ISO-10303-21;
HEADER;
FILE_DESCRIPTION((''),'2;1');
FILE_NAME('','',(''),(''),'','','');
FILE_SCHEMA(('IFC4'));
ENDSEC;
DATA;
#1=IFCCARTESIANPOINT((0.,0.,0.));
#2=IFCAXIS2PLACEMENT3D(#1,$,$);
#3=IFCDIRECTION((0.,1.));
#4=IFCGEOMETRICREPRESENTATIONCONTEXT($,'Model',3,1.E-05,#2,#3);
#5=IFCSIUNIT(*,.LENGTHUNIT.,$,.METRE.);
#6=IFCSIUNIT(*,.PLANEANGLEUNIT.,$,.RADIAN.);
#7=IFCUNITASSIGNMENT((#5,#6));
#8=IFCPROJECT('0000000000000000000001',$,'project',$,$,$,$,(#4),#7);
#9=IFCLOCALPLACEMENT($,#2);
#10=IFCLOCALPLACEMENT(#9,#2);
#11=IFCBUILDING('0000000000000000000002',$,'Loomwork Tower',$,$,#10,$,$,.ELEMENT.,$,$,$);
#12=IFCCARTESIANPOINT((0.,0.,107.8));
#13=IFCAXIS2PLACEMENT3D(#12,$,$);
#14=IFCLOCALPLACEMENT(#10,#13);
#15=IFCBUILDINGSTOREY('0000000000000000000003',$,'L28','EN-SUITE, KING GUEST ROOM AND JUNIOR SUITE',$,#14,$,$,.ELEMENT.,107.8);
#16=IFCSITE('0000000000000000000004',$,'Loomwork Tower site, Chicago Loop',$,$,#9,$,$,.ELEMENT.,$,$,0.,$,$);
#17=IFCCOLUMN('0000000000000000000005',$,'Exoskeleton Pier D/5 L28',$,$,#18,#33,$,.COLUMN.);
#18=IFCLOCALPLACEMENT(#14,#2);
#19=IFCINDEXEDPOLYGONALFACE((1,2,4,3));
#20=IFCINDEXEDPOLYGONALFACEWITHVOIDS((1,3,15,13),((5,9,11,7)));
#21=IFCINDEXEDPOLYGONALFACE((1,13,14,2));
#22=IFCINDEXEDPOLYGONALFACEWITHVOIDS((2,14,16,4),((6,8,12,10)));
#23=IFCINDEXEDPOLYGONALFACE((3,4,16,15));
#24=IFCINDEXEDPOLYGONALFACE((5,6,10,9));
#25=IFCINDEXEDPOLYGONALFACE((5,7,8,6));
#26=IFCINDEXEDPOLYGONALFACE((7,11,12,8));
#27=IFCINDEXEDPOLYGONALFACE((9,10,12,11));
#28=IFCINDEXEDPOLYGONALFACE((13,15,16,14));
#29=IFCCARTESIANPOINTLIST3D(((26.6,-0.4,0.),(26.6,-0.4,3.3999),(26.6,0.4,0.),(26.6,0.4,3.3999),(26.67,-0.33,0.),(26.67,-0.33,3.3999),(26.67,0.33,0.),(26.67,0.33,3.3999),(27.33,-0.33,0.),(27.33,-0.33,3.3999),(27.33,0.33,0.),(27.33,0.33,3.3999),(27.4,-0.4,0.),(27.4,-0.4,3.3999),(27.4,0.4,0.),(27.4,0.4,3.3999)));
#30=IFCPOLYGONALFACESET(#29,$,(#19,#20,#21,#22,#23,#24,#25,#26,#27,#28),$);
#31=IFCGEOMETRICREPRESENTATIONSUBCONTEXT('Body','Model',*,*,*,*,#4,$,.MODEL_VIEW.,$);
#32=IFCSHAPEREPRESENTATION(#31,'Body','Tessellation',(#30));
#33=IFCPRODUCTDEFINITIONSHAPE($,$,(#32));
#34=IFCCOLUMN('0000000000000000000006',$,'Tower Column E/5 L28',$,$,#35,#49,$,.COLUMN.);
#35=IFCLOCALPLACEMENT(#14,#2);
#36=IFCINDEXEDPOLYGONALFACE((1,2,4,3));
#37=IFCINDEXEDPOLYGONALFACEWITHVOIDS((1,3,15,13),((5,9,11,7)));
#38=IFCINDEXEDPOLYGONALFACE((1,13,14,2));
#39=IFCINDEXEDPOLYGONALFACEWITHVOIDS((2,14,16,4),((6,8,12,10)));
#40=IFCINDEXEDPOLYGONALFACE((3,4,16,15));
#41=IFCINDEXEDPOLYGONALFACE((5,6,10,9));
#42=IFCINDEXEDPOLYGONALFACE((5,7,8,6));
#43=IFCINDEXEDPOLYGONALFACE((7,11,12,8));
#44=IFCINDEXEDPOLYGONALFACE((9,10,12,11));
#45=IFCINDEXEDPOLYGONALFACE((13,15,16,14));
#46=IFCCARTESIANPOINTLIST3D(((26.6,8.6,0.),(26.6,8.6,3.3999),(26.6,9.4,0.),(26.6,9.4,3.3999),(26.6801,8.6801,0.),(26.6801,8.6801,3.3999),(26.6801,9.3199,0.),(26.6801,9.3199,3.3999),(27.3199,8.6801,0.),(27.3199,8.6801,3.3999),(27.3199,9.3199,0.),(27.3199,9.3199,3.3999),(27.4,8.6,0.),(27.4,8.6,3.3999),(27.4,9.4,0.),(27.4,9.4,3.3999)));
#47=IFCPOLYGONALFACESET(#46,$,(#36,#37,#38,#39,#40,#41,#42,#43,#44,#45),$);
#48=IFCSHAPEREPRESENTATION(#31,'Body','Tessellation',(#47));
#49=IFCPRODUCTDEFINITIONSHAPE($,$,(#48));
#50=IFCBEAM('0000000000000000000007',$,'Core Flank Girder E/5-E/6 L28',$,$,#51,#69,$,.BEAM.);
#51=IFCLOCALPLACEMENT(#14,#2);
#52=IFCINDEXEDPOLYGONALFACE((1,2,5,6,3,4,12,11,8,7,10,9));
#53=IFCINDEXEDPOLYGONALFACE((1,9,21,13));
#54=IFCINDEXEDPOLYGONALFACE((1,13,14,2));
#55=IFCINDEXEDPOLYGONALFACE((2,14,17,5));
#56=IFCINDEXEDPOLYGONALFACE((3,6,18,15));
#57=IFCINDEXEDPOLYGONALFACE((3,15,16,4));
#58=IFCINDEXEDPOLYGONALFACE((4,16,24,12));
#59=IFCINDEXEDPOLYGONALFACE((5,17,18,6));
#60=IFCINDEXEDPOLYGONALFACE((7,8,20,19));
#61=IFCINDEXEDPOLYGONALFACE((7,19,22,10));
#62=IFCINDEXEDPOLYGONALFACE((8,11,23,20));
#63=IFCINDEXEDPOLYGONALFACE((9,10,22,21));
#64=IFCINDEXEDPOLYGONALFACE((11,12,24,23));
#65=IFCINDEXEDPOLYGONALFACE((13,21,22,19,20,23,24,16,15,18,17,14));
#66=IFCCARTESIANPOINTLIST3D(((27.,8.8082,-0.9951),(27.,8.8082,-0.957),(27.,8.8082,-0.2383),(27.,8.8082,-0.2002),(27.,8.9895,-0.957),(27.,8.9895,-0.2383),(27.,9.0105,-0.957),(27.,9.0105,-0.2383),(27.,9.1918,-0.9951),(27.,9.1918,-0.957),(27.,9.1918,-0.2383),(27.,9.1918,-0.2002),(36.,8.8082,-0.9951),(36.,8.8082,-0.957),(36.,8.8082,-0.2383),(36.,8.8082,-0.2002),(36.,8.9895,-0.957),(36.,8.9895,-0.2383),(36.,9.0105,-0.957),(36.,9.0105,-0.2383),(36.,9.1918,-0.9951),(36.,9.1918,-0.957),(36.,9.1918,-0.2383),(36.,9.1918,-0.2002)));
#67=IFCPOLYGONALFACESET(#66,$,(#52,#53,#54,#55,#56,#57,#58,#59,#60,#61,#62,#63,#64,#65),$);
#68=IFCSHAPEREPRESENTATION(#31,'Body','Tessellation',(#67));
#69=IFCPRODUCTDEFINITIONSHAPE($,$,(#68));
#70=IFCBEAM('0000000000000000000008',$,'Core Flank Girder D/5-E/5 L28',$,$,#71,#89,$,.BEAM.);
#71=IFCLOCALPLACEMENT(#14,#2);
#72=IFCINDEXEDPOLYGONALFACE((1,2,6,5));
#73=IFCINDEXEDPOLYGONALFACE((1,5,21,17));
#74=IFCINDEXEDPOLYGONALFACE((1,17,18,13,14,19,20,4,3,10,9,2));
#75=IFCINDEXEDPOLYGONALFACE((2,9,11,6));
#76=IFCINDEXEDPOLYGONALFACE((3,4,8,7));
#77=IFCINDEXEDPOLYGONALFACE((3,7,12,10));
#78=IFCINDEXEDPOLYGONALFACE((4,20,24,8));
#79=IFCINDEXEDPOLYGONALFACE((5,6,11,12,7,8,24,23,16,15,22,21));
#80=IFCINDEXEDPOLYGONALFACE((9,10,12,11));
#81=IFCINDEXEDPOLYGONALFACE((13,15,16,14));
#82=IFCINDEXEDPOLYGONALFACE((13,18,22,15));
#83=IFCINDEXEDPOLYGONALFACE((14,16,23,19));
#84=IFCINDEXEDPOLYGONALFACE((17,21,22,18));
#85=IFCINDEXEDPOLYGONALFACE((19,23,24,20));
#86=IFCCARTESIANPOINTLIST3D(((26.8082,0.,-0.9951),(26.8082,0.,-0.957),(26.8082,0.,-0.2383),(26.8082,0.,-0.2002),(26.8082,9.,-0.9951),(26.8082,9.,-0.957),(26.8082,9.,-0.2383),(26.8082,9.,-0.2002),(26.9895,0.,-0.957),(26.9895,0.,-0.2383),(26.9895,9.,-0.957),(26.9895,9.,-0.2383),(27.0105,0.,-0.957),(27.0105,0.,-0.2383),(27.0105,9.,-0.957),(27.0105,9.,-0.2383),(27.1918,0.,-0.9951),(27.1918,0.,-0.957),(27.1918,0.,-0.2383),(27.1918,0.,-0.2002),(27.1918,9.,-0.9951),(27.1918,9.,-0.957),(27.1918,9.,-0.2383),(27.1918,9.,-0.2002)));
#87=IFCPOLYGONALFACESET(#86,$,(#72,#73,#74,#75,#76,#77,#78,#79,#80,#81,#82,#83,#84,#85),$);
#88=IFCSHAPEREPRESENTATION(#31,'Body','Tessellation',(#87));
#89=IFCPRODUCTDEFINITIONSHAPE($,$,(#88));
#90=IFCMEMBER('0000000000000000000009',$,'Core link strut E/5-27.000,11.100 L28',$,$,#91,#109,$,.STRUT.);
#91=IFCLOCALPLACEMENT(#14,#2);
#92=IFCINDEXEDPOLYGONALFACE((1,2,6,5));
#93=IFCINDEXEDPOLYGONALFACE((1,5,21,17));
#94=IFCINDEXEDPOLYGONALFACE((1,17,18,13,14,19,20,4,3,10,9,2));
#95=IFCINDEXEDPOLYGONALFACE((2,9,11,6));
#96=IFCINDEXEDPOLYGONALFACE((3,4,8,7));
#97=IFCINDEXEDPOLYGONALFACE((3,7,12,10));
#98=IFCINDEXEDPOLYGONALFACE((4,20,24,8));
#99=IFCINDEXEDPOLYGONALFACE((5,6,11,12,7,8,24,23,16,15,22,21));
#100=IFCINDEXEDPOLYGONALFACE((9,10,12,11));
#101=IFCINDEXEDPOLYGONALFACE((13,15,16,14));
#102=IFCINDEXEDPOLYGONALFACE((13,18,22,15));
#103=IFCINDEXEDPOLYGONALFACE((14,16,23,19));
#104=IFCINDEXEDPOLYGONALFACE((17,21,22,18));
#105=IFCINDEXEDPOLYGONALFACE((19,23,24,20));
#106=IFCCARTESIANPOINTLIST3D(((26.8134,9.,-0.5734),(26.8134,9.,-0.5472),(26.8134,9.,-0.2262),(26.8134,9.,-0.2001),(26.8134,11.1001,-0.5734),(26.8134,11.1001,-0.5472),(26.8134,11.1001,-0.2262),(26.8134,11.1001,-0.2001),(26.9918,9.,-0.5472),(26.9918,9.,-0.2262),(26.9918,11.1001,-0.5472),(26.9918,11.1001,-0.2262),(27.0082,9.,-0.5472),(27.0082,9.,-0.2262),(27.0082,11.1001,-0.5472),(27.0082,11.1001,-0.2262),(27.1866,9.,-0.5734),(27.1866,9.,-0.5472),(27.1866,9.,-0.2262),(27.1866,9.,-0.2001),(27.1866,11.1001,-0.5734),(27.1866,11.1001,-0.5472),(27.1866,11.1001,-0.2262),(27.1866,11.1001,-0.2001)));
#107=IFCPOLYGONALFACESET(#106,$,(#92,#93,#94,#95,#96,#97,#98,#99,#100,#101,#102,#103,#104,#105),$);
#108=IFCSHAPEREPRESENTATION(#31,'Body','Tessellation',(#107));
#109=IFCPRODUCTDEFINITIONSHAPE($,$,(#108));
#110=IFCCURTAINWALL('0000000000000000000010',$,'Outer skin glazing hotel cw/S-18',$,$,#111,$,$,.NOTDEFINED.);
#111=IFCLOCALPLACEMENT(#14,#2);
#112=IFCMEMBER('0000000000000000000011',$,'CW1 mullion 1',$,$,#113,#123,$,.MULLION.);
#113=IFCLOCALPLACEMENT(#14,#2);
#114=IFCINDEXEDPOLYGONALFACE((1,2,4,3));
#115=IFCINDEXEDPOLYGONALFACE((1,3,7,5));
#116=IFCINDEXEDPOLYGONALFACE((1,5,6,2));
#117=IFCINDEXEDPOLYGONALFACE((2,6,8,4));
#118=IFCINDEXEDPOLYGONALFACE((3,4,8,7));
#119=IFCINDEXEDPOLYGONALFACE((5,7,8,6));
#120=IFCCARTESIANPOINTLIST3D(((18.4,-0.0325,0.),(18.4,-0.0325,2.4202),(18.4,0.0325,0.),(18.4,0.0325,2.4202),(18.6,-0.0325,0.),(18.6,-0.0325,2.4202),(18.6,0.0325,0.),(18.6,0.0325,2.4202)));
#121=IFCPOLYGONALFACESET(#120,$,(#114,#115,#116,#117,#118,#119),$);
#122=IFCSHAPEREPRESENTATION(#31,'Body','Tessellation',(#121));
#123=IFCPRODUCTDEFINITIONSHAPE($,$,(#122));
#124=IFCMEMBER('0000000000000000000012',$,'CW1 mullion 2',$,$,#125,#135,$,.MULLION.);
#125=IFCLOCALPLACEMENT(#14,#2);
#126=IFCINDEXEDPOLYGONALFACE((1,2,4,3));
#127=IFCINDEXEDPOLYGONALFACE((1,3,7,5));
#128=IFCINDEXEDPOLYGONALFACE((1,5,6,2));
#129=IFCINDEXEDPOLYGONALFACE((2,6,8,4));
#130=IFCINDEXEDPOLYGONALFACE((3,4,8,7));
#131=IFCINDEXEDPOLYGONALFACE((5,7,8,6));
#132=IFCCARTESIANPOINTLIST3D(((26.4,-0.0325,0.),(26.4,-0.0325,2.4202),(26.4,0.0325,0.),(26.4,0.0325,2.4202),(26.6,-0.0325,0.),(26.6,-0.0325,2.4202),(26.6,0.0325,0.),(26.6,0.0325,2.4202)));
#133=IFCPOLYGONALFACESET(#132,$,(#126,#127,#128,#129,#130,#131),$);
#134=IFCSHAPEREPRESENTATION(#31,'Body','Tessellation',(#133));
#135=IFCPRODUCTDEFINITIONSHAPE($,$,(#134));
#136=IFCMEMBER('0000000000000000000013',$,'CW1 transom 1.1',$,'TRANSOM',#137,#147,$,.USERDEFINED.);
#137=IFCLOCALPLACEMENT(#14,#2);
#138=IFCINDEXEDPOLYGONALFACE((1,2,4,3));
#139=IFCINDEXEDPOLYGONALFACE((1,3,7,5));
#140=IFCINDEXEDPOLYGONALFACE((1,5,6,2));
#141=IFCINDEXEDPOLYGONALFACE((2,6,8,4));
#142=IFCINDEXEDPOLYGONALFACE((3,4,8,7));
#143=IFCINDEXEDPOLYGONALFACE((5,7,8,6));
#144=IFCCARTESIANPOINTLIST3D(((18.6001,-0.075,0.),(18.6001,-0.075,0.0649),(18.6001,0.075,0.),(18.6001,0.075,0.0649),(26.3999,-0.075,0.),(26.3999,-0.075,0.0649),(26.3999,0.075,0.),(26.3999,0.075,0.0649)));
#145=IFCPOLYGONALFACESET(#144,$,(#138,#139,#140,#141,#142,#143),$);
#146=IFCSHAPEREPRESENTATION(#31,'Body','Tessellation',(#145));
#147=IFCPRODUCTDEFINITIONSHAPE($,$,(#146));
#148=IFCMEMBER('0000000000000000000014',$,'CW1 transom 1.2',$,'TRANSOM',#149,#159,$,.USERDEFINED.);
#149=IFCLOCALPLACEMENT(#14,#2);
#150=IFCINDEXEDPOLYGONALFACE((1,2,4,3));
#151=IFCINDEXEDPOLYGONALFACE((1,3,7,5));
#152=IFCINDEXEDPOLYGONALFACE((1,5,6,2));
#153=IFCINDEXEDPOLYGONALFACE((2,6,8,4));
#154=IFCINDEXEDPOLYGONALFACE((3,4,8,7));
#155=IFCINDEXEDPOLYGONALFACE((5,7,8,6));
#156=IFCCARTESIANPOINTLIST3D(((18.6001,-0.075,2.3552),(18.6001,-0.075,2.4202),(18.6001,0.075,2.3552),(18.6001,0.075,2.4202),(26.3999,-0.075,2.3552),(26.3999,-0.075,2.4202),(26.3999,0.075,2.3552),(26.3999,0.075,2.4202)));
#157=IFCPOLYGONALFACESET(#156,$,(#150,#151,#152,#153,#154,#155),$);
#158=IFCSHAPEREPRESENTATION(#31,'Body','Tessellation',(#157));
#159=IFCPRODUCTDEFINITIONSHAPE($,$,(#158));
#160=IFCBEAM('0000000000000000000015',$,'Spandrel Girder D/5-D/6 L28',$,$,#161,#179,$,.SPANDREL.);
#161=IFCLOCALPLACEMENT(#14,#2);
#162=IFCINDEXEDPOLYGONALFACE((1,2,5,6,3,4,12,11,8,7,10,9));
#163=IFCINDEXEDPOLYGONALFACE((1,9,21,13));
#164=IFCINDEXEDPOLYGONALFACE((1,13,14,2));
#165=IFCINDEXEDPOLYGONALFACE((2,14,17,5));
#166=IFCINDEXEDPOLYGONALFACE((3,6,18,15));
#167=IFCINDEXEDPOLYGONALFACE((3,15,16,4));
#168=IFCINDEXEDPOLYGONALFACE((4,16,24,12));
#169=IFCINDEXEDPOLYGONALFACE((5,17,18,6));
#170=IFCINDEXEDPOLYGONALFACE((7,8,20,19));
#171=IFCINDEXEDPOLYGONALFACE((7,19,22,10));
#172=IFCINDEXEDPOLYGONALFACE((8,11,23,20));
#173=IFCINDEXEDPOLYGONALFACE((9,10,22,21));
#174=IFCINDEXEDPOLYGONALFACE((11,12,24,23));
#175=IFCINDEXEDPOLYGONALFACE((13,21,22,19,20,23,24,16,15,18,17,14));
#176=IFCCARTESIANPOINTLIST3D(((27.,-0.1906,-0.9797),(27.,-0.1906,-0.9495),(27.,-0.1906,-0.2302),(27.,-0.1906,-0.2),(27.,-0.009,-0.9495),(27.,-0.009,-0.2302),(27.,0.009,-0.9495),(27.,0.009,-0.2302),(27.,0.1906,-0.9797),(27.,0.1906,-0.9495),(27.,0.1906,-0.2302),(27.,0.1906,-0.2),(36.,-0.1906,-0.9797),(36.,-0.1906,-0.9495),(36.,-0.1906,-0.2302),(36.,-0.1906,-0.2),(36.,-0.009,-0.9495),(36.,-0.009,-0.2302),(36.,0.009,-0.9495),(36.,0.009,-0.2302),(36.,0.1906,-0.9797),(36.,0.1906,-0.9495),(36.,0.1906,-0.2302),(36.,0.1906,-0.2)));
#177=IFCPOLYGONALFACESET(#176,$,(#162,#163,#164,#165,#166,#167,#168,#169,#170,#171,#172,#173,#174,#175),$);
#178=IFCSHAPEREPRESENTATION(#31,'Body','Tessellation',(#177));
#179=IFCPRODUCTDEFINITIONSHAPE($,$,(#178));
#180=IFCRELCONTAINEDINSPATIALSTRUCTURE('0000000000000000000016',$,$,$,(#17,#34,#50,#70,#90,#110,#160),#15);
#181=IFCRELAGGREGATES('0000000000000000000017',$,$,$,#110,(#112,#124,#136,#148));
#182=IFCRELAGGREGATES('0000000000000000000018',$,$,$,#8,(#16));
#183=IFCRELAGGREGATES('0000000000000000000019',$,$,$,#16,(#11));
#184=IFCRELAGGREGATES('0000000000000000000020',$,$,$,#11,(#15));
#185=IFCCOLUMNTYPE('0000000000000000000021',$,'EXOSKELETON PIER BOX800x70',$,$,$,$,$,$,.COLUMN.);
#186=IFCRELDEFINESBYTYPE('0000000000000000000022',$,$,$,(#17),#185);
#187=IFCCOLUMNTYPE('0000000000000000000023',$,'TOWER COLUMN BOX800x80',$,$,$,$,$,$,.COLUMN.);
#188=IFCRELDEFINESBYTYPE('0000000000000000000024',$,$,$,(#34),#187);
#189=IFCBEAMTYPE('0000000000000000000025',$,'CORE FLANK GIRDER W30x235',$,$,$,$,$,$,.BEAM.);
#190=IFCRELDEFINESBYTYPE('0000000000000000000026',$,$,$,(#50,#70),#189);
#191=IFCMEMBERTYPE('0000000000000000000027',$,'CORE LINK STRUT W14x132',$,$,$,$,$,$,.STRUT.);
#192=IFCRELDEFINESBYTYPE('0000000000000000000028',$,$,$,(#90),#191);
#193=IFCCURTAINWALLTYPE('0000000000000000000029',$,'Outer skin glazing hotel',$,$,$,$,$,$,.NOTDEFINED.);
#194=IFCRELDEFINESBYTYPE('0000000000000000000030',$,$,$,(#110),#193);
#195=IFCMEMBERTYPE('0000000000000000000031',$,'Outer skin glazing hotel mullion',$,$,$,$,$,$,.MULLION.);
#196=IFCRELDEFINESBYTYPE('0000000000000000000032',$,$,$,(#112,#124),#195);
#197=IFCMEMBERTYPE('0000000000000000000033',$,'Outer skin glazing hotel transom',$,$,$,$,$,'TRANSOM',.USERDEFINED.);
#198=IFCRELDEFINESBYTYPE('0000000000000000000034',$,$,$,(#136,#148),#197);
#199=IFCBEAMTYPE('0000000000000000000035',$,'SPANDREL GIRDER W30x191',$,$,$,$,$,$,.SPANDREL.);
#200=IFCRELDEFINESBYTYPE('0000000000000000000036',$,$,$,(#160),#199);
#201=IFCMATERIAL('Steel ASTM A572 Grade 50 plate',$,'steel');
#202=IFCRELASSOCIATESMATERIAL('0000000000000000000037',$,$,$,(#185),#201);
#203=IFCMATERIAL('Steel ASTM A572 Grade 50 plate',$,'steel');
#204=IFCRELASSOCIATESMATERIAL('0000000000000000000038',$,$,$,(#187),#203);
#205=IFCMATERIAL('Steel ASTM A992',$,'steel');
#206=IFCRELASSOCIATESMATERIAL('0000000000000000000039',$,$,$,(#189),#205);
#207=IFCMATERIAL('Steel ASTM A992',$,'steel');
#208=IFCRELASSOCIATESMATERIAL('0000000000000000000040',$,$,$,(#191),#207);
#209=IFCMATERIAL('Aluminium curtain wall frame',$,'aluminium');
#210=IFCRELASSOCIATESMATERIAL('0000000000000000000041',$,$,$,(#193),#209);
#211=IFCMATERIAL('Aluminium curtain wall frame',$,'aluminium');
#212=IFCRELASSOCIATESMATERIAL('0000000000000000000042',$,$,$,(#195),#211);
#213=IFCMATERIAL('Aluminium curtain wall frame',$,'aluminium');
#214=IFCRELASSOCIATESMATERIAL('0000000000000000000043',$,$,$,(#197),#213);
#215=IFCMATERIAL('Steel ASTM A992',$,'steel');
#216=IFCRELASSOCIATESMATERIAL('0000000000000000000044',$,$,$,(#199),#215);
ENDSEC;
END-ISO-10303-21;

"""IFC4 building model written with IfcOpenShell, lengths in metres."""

from ifc_helpers import new_model, si_unit, direction, frame, origin, origin_2d, place, context, subcontext, project, spatial, rectangle, hollow_rectangle, i_section, extrude, material, material_profile, profile_set, type_object, element, aggregate, save


model = new_model("IFC4")

# Units and contexts
model_context = context("Model", 3, precision=1e-05, world=origin(), true_north=direction((0.0, 1.0)))
body_context = subcontext(model_context, "Body", "Model", "MODEL_VIEW")
ifc_project = project(units=[si_unit("LENGTHUNIT", "METRE"), si_unit("PLANEANGLEUNIT", "RADIAN")], contexts=[model_context])

# Site, building, storey
site_placement = place(None, origin())
site = spatial("IfcSite", under=ifc_project, at=site_placement, Name="Loomwork Tower site, Chicago Loop", CompositionType="ELEMENT", RefElevation=0.0)
building_placement = place(site_placement, origin())
building = spatial("IfcBuilding", under=site, at=building_placement, Name="Loomwork Tower", CompositionType="ELEMENT")
storey_placement = place(building_placement, frame((0.0, 0.0, 107.8)))
storey = spatial("IfcBuildingStorey", under=building, at=storey_placement, Name="L28", Description="EN-SUITE, KING GUEST ROOM AND JUNIOR SUITE", CompositionType="ELEMENT", Elevation=107.8)

# Columns
ifc_material_1 = material(Name="Steel ASTM A572 Grade 50 plate", Category="steel")
ifc_material_profile_1 = material_profile(ifc_material_1, hollow_rectangle(XDim=0.8, YDim=0.8, WallThickness=0.0701, at=origin_2d()), Name="BOX800x70")
ifc_profile_set_1 = profile_set([ifc_material_profile_1], Name="Steel ASTM A572 Grade 50 plate")
column_type_1 = type_object("IfcColumnType", Name="EXOSKELETON PIER BOX800x70", PredefinedType="COLUMN", material=ifc_profile_set_1)
column_1_placement = place(storey_placement, frame((27.0, 0.0, 0.0), z_axis=(0.0, 0.0, 1.0), x_axis=(1.0, 0.0, 0.0)))
element("IfcColumn", 1, at=column_1_placement, inside=storey, type_object=column_type_1, Name="Exoskeleton Pier D/5 L28", PredefinedType="COLUMN", context=body_context, shape_type="SweptSolid", body=[
    extrude(hollow_rectangle(XDim=0.8, YDim=0.8, WallThickness=0.0701, at=origin_2d()), origin(), (0.0, 0.0, 1.0), 3.3999),
])
ifc_material_2 = material(Name="Steel ASTM A572 Grade 50 plate", Category="steel")
ifc_material_profile_2 = material_profile(ifc_material_2, hollow_rectangle(XDim=0.8, YDim=0.8, WallThickness=0.0801, at=origin_2d()), Name="BOX800x80")
ifc_profile_set_2 = profile_set([ifc_material_profile_2], Name="Steel ASTM A572 Grade 50 plate")
column_type_2 = type_object("IfcColumnType", Name="TOWER COLUMN BOX800x80", PredefinedType="COLUMN", material=ifc_profile_set_2)
column_2_placement = place(storey_placement, frame((27.0, 9.0, 0.0), z_axis=(0.0, 0.0, 1.0), x_axis=(1.0, 0.0, 0.0)))
element("IfcColumn", 2, at=column_2_placement, inside=storey, type_object=column_type_2, Name="Tower Column E/5 L28", PredefinedType="COLUMN", context=body_context, shape_type="SweptSolid", body=[
    extrude(hollow_rectangle(XDim=0.8, YDim=0.8, WallThickness=0.0801, at=origin_2d()), origin(), (0.0, 0.0, 1.0), 3.3999),
])

# Beams
ifc_material_3 = material(Name="Steel ASTM A992", Category="steel")
ifc_material_profile_3 = material_profile(ifc_material_3, i_section(OverallWidth=0.3835, OverallDepth=0.7949, WebThickness=0.021, FlangeThickness=0.0381, at=origin_2d()), Name="W30x235")
ifc_profile_set_3 = profile_set([ifc_material_profile_3], Name="Steel ASTM A992")
beam_type_1 = type_object("IfcBeamType", Name="CORE FLANK GIRDER W30x235", PredefinedType="BEAM", material=ifc_profile_set_3)
for number, where, z_axis, x_axis, name in (
    (3, (27.0, 9.0, -0.5977), (1.0, 0.0, 0.0), (0.0, 1.0, 0.0), "Core Flank Girder E/5-E/6 L28"),
    (4, (27.0, 0.0, -0.5977), (0.0, 1.0, 0.0), (-1.0, 0.0, 0.0), "Core Flank Girder D/5-E/5 L28"),
):
    element("IfcBeam", number, at=place(storey_placement, frame(where, z_axis=z_axis, x_axis=x_axis)), inside=storey, type_object=beam_type_1, Name=name, PredefinedType="BEAM", context=body_context, shape_type="SweptSolid", body=[
        extrude(i_section(OverallWidth=0.3835, OverallDepth=0.7949, WebThickness=0.021, FlangeThickness=0.0381, at=origin_2d()), origin(), (0.0, 0.0, 1.0), 9.0),
    ])

# Member
ifc_material_4 = material(Name="Steel ASTM A992", Category="steel")
ifc_material_profile_4 = material_profile(ifc_material_4, i_section(OverallWidth=0.3733, OverallDepth=0.3733, WebThickness=0.0164, FlangeThickness=0.0261, at=origin_2d()), Name="W14x132")
ifc_profile_set_4 = profile_set([ifc_material_profile_4], Name="Steel ASTM A992")
member_type_1 = type_object("IfcMemberType", Name="CORE LINK STRUT W14x132", PredefinedType="STRUT", material=ifc_profile_set_4)
member_1_placement = place(storey_placement, frame((27.0, 9.0, -0.3867), z_axis=(0.0, 1.0, 0.0), x_axis=(-1.0, 0.0, 0.0)))
element("IfcMember", 5, at=member_1_placement, inside=storey, type_object=member_type_1, Name="Core link strut E/5-27.000,11.100 L28", PredefinedType="STRUT", context=body_context, shape_type="SweptSolid", body=[
    extrude(i_section(OverallWidth=0.3733, OverallDepth=0.3733, WebThickness=0.0164, FlangeThickness=0.0261, at=origin_2d()), origin(), (0.0, 0.0, 1.0), 2.1001),
])

# Curtain wall, members
ifc_material_5 = material(Name="Aluminium curtain wall frame", Category="aluminium")
curtain_wall_type = type_object("IfcCurtainWallType", Name="Outer skin glazing hotel", PredefinedType="NOTDEFINED", material=ifc_material_5)
curtain_wall_placement = place(storey_placement, origin())
curtain_wall = element("IfcCurtainWall", 6, at=curtain_wall_placement, inside=storey, type_object=curtain_wall_type, Name="Outer skin glazing hotel cw/S-18", PredefinedType="NOTDEFINED")
ifc_material_6 = material(Name="Aluminium curtain wall frame", Category="aluminium")
ifc_material_profile_5 = material_profile(ifc_material_6, rectangle(XDim=0.0649, YDim=0.2, at=origin_2d()), Name="AL 65x200")
ifc_profile_set_5 = profile_set([ifc_material_profile_5], Name="Aluminium curtain wall frame")
member_type_2 = type_object("IfcMemberType", Name="Outer skin glazing hotel mullion", PredefinedType="MULLION", material=ifc_profile_set_5)
member_2_placement = place(storey_placement, frame((18.5, 0.0, 0.0), z_axis=(0.0, 0.0, 1.0), x_axis=(0.0, 1.0, 0.0)))
member_2 = element("IfcMember", 7, at=member_2_placement, type_object=member_type_2, Name="CW1 mullion 1", PredefinedType="MULLION", context=body_context, shape_type="SweptSolid", body=[
    extrude(rectangle(XDim=0.0649, YDim=0.2, at=origin_2d()), origin(), (0.0, 0.0, 1.0), 2.4202),
])
member_3_placement = place(storey_placement, frame((26.5, 0.0, 0.0), z_axis=(0.0, 0.0, 1.0), x_axis=(0.0, 1.0, 0.0)))
member_3 = element("IfcMember", 8, at=member_3_placement, type_object=member_type_2, Name="CW1 mullion 2", PredefinedType="MULLION", context=body_context, shape_type="SweptSolid", body=[
    extrude(rectangle(XDim=0.0649, YDim=0.2, at=origin_2d()), origin(), (0.0, 0.0, 1.0), 2.4202),
])
ifc_material_7 = material(Name="Aluminium curtain wall frame", Category="aluminium")
ifc_material_profile_6 = material_profile(ifc_material_7, rectangle(XDim=0.1499, YDim=0.0649, at=origin_2d()), Name="AL 65x150")
ifc_profile_set_6 = profile_set([ifc_material_profile_6], Name="Aluminium curtain wall frame")
member_type_3 = type_object("IfcMemberType", Name="Outer skin glazing hotel transom", ElementType="TRANSOM", PredefinedType="USERDEFINED", material=ifc_profile_set_6)
member_4_placement = place(storey_placement, frame((18.6001, 0.0, 0.0325), z_axis=(1.0, 0.0, 0.0), x_axis=(0.0, 1.0, 0.0)))
member_4 = element("IfcMember", 9, at=member_4_placement, type_object=member_type_3, Name="CW1 transom 1.1", ObjectType="TRANSOM", PredefinedType="USERDEFINED", context=body_context, shape_type="SweptSolid", body=[
    extrude(rectangle(XDim=0.1499, YDim=0.0649, at=origin_2d()), origin(), (0.0, 0.0, 1.0), 7.7998),
])
member_5_placement = place(storey_placement, frame((18.6001, 0.0, 2.3877), z_axis=(1.0, 0.0, 0.0), x_axis=(0.0, 1.0, 0.0)))
member_5 = element("IfcMember", 10, at=member_5_placement, type_object=member_type_3, Name="CW1 transom 1.2", ObjectType="TRANSOM", PredefinedType="USERDEFINED", context=body_context, shape_type="SweptSolid", body=[
    extrude(rectangle(XDim=0.1499, YDim=0.0649, at=origin_2d()), origin(), (0.0, 0.0, 1.0), 7.7998),
])

# Beam
ifc_material_8 = material(Name="Steel ASTM A992", Category="steel")
ifc_material_profile_7 = material_profile(ifc_material_8, i_section(OverallWidth=0.3811, OverallDepth=0.7798, WebThickness=0.0181, FlangeThickness=0.0303, at=origin_2d()), Name="W30x191")
ifc_profile_set_7 = profile_set([ifc_material_profile_7], Name="Steel ASTM A992")
beam_type_2 = type_object("IfcBeamType", Name="SPANDREL GIRDER W30x191", PredefinedType="SPANDREL", material=ifc_profile_set_7)
beam_placement = place(storey_placement, frame((27.0, 0.0, -0.5898), z_axis=(1.0, 0.0, 0.0), x_axis=(0.0, 1.0, 0.0)))
element("IfcBeam", 11, at=beam_placement, inside=storey, type_object=beam_type_2, Name="Spandrel Girder D/5-D/6 L28", PredefinedType="SPANDREL", context=body_context, shape_type="SweptSolid", body=[
    extrude(i_section(OverallWidth=0.3811, OverallDepth=0.7798, WebThickness=0.0181, FlangeThickness=0.0303, at=origin_2d()), origin(), (0.0, 0.0, 1.0), 9.0),
])

aggregate(curtain_wall, [member_2, member_3, member_4, member_5])

save(model, "model.ifc")
